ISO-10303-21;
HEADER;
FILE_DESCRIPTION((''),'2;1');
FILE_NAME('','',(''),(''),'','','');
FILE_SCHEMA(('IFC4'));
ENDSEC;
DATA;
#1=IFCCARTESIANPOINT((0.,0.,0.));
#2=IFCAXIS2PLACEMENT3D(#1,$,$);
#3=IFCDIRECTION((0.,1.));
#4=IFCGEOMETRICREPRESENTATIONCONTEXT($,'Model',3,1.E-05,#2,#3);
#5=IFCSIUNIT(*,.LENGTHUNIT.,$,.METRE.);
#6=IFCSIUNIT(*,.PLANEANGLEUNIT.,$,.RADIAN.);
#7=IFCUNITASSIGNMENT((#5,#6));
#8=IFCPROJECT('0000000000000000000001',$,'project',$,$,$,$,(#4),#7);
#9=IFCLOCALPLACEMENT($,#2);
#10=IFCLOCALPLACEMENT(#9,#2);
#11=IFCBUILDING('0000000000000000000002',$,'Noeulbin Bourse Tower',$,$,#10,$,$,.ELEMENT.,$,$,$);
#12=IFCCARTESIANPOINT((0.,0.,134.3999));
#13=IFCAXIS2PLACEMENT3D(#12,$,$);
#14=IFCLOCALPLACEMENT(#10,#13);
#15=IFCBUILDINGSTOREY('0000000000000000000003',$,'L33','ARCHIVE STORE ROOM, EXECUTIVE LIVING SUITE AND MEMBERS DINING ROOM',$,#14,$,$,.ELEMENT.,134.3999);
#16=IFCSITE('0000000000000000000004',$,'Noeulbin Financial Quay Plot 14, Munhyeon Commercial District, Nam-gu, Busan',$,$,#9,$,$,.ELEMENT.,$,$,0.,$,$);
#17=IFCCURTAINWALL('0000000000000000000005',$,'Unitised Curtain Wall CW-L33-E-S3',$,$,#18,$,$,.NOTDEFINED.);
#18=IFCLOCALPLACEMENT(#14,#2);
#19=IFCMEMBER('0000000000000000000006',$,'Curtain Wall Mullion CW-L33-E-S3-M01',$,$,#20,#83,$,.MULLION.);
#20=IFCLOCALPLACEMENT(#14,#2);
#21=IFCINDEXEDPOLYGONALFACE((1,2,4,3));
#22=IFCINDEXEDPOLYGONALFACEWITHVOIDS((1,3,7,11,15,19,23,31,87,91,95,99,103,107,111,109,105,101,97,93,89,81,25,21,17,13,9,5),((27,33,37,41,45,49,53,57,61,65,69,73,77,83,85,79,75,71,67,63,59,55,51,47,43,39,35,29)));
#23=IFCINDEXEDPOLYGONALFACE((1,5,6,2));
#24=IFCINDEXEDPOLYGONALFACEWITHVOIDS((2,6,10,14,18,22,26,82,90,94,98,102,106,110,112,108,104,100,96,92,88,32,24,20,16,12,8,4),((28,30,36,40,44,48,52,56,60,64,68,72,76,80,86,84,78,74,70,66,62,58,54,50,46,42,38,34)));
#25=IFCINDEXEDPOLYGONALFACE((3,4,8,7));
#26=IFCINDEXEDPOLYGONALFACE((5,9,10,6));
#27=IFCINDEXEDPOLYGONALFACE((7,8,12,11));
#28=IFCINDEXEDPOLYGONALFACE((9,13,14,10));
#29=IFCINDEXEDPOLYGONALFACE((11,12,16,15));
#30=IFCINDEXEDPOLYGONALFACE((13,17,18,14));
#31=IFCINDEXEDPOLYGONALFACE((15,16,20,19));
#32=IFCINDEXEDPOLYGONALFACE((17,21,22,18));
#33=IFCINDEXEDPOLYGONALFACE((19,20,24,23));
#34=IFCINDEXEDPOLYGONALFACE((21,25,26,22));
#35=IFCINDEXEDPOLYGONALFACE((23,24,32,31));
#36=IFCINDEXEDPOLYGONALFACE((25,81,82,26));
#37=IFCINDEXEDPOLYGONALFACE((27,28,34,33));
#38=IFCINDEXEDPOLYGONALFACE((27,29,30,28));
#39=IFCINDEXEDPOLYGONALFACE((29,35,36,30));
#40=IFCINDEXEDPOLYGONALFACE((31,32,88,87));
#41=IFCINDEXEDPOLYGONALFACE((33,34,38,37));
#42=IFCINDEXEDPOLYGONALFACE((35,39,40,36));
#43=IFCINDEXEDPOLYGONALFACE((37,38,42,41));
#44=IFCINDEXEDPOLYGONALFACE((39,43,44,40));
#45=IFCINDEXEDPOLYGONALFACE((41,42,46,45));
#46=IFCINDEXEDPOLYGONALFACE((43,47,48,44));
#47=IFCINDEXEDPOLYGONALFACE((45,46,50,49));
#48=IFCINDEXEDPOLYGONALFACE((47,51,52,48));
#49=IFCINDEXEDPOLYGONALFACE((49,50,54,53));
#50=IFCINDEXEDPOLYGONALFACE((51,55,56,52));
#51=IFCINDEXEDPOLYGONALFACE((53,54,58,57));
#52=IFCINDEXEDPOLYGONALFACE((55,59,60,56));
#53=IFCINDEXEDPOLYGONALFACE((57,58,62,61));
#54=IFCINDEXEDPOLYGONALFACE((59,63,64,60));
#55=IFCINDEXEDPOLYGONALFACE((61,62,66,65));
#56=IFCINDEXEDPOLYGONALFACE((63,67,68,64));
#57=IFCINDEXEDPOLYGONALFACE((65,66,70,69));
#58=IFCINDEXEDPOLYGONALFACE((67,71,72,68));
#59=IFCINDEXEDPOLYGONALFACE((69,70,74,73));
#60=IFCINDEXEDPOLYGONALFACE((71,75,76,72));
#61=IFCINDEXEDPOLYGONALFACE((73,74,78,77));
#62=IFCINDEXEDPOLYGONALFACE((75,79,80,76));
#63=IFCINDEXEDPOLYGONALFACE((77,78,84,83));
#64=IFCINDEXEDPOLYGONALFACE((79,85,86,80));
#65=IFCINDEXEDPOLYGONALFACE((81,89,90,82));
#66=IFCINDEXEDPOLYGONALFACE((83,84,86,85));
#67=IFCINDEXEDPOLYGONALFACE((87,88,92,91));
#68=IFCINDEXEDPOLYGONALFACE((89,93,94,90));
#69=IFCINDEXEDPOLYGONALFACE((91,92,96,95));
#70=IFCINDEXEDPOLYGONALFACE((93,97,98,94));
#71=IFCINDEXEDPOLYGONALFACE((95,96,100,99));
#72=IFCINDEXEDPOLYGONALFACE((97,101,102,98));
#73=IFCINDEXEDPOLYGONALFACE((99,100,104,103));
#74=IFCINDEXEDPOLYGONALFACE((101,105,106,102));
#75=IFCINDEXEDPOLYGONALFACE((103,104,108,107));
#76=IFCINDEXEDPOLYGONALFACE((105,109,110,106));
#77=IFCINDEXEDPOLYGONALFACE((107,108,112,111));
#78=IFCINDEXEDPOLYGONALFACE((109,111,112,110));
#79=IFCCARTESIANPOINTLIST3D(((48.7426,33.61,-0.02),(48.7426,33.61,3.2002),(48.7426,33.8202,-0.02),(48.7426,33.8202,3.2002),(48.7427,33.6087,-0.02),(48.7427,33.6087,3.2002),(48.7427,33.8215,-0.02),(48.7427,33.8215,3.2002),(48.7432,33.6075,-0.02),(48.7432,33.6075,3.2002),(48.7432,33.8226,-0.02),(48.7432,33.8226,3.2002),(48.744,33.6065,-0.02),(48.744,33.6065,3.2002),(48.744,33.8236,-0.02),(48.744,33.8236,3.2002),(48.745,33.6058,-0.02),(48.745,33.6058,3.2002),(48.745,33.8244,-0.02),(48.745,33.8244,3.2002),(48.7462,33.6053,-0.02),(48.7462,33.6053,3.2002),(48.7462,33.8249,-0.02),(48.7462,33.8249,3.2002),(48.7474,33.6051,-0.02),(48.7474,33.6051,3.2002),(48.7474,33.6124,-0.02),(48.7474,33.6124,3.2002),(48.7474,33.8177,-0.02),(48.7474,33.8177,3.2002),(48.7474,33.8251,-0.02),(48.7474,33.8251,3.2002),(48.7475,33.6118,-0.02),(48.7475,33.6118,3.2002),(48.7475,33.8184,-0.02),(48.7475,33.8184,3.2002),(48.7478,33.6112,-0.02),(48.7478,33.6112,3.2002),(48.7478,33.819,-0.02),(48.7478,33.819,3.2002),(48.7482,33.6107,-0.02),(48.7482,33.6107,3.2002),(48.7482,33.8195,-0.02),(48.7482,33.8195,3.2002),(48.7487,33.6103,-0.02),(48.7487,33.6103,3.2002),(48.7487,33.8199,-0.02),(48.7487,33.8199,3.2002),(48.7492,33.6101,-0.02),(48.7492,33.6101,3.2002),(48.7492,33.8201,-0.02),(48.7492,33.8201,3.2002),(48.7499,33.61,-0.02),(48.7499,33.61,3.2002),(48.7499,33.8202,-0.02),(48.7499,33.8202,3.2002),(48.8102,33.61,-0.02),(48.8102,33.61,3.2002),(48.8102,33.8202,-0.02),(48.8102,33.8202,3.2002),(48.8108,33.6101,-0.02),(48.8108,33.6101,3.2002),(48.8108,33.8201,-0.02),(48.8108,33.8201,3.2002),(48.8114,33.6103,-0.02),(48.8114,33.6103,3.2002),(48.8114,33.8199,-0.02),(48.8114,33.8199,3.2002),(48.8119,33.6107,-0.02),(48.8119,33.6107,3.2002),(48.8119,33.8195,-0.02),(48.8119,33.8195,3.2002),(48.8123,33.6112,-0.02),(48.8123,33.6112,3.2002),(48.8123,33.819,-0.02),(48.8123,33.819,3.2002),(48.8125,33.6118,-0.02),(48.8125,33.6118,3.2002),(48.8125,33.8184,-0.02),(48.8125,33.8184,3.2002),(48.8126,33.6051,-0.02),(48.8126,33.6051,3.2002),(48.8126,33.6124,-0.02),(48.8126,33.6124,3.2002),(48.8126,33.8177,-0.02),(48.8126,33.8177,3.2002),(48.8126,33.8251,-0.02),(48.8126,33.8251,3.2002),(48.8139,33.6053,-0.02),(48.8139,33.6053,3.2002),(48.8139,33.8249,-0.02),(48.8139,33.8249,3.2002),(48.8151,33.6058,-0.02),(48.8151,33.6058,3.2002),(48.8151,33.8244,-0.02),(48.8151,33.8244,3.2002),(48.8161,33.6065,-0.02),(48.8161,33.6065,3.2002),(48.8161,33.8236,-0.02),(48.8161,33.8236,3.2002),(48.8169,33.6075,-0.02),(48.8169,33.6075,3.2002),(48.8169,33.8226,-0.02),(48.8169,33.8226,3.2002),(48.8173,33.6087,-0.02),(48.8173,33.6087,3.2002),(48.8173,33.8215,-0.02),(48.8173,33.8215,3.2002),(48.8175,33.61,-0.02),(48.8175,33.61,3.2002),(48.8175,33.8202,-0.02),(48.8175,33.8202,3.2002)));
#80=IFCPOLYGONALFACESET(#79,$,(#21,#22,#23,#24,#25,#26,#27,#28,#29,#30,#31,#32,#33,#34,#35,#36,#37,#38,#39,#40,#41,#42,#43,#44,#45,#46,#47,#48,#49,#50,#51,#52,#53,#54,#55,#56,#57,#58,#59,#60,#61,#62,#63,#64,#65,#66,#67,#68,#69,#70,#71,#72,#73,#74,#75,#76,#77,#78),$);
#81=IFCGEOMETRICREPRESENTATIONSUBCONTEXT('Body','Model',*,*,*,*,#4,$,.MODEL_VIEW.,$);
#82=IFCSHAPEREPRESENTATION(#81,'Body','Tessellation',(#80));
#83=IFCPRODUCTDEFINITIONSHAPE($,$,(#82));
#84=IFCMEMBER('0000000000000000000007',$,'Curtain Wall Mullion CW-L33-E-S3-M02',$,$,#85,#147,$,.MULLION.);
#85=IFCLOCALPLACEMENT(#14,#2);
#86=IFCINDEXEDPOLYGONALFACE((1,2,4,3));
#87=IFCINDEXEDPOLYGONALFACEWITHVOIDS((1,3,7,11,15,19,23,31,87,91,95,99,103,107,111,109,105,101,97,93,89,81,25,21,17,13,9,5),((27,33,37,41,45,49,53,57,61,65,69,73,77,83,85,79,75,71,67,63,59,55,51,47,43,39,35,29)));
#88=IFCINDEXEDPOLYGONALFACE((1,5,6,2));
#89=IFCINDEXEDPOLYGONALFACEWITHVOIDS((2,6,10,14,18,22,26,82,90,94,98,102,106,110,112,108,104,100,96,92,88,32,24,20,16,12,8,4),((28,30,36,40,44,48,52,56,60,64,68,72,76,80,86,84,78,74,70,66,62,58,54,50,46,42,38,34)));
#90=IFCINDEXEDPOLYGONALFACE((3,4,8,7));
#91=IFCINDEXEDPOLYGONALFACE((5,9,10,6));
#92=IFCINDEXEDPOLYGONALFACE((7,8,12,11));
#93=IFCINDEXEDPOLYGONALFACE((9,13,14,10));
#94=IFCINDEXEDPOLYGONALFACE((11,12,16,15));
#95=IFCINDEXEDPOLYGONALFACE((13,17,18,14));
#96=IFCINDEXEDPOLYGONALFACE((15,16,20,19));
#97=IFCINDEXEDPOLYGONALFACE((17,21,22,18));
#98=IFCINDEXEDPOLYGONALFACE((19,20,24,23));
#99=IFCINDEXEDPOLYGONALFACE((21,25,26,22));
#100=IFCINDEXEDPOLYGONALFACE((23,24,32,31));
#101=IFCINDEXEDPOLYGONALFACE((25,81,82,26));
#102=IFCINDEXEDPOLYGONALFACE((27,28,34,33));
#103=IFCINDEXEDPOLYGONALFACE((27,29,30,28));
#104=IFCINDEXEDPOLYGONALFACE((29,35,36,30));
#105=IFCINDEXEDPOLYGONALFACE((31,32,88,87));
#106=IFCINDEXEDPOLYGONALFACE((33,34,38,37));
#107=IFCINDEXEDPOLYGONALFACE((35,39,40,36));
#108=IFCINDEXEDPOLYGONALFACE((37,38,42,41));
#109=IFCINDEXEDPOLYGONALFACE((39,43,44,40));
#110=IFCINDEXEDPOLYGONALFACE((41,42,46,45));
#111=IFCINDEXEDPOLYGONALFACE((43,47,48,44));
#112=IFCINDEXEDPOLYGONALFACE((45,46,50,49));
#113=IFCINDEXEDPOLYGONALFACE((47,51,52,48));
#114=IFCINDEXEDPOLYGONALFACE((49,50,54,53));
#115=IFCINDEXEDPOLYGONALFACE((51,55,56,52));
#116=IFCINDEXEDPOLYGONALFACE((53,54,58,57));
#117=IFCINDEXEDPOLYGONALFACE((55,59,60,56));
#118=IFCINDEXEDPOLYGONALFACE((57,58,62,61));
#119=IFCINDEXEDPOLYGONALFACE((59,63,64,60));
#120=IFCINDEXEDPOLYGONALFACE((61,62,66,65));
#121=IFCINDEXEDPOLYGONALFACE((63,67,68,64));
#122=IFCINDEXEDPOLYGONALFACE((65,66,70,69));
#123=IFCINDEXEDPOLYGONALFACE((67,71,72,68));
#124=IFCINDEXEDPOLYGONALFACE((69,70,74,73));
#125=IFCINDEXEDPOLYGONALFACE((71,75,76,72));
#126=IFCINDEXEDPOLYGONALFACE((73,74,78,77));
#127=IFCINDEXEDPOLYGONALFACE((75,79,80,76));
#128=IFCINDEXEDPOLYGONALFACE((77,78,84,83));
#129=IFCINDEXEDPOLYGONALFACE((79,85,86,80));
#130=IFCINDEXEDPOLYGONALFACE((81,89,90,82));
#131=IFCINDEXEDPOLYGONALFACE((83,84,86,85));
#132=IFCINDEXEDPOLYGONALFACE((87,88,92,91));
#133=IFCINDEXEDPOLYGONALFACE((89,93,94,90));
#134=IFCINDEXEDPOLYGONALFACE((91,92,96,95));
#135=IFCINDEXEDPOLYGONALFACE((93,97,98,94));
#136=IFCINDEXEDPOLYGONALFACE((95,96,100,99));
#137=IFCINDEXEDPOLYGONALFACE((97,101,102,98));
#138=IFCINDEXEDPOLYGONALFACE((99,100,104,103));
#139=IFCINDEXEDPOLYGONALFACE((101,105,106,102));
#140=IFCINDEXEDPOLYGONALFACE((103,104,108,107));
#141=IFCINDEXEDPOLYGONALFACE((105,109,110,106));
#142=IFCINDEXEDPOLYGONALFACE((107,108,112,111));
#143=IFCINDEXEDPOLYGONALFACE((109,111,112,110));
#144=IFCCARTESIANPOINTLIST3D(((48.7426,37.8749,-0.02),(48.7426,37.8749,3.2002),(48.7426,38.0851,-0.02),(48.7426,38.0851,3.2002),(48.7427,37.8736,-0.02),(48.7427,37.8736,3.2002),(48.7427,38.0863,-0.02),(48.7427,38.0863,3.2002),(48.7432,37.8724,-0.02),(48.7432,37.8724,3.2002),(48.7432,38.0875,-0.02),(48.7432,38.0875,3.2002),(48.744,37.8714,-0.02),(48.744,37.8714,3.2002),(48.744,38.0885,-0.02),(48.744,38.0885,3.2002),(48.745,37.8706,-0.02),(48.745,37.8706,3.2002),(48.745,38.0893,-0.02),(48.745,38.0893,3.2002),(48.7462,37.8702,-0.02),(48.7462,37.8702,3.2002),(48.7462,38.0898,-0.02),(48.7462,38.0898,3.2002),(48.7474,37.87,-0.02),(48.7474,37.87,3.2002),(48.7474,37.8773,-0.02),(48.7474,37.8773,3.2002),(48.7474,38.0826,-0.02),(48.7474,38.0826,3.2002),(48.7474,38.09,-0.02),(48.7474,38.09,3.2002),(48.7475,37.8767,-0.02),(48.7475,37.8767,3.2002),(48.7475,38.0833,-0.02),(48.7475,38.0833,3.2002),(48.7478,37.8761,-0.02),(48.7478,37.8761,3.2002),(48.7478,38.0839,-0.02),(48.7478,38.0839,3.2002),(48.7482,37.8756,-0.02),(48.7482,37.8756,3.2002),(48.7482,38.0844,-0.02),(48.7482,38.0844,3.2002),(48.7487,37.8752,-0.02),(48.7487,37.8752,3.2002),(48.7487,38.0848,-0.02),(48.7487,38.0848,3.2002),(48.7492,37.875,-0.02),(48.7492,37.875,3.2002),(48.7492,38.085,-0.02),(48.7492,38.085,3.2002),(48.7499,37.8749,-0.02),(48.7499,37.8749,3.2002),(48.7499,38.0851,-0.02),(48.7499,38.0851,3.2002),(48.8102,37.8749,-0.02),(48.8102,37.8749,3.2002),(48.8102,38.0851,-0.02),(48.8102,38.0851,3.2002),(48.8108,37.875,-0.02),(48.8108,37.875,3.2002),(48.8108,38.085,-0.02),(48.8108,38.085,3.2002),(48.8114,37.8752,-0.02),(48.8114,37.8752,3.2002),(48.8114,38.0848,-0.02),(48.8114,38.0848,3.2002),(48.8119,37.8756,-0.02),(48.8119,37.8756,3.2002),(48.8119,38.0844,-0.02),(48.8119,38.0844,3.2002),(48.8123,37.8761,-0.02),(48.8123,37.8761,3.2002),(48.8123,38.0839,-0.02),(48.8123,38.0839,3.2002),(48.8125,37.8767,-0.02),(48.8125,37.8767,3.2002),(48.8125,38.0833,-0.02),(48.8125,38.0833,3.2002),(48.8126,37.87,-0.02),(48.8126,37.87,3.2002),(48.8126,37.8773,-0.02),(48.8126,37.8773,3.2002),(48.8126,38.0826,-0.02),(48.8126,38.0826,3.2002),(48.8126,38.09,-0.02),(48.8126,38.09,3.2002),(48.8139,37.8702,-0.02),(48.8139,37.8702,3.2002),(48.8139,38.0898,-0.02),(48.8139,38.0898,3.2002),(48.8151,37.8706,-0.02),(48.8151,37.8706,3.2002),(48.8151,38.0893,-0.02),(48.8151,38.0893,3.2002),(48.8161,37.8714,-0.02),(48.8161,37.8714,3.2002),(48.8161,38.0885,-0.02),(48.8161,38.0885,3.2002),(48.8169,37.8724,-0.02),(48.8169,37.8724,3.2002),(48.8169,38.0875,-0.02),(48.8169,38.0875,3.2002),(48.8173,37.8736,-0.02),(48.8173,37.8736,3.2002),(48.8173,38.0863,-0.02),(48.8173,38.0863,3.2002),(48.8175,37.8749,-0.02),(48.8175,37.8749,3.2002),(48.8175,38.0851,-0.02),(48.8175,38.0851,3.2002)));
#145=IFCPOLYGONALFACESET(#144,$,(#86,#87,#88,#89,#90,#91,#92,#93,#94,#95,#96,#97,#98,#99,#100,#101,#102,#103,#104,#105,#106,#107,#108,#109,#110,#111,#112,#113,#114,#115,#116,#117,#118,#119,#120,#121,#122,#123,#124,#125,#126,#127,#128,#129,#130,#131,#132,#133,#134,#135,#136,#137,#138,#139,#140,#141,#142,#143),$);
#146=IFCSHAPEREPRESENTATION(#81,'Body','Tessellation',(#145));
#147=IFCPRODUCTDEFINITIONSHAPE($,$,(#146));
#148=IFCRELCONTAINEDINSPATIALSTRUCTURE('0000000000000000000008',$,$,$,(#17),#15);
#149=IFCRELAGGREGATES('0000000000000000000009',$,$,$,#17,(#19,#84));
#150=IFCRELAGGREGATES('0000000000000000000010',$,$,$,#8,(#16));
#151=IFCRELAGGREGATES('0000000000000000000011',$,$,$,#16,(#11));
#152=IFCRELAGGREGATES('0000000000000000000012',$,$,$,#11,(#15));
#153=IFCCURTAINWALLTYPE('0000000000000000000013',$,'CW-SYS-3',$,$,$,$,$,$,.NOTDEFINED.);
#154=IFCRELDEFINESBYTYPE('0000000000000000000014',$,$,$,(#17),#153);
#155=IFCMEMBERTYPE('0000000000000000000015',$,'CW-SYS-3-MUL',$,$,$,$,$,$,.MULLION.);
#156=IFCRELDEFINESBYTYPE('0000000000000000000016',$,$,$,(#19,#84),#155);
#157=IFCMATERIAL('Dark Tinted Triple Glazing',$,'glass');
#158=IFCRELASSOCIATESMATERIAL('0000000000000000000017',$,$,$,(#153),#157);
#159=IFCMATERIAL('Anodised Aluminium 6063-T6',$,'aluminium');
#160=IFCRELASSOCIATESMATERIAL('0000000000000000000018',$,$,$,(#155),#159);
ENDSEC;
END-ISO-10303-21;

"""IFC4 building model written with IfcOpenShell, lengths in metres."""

from ifc_helpers import new_model, si_unit, direction, frame, origin, origin_2d, place, context, subcontext, project, spatial, hollow_rectangle, extrude, material, material_profile, profile_set, type_object, element, aggregate, save


model = new_model("IFC4")

# Units and contexts
model_context = context("Model", 3, precision=1e-05, world=origin(), true_north=direction((0.0, 1.0)))
body_context = subcontext(model_context, "Body", "Model", "MODEL_VIEW")
ifc_project = project(units=[si_unit("LENGTHUNIT", "METRE"), si_unit("PLANEANGLEUNIT", "RADIAN")], contexts=[model_context])

# Site, building, storey
site_placement = place(None, origin())
site = spatial("IfcSite", under=ifc_project, at=site_placement, Name="Noeulbin Financial Quay Plot 14, Munhyeon Commercial District, Nam-gu, Busan", CompositionType="ELEMENT", RefElevation=0.0)
building_placement = place(site_placement, origin())
building = spatial("IfcBuilding", under=site, at=building_placement, Name="Noeulbin Bourse Tower", CompositionType="ELEMENT")
storey_placement = place(building_placement, frame((0.0, 0.0, 134.3999)))
storey = spatial("IfcBuildingStorey", under=building, at=storey_placement, Name="L33", Description="ARCHIVE STORE ROOM, EXECUTIVE LIVING SUITE AND MEMBERS DINING ROOM", CompositionType="ELEMENT", Elevation=134.3999)

# Curtain wall, members
ifc_material_1 = material(Name="Dark Tinted Triple Glazing", Category="glass")
curtain_wall_type = type_object("IfcCurtainWallType", Name="CW-SYS-3", PredefinedType="NOTDEFINED", material=ifc_material_1)
ifc_material_2 = material(Name="Anodised Aluminium 6063-T6", Category="aluminium")
ifc_material_profile_1 = material_profile(ifc_material_2, hollow_rectangle(XDim=0.075, YDim=0.22, WallThickness=0.0049, InnerFilletRadius=0.0024, OuterFilletRadius=0.0049, at=origin_2d()), Name="ALU-MULL-75x220x5", Category="LoadBearing")
ifc_profile_set_1 = profile_set([ifc_material_profile_1], Name="Anodised Aluminium 6063-T6")
member_type_1 = type_object("IfcMemberType", Name="CW-SYS-3-MUL", PredefinedType="MULLION", material=ifc_profile_set_1)
curtain_wall_1_placement = place(storey_placement, origin())
curtain_wall_1 = element("IfcCurtainWall", 1, at=curtain_wall_1_placement, inside=storey, type_object=curtain_wall_type, Name="Unitised Curtain Wall CW-L33-E-S3", PredefinedType="NOTDEFINED")
member_1_placement = place(storey_placement, frame((48.78, 33.7151, -0.02), z_axis=(0.0, 0.0, 1.0), x_axis=(1.0, 0.0, 0.0)))
member_1 = element("IfcMember", 2, at=member_1_placement, type_object=member_type_1, Name="Curtain Wall Mullion CW-L33-E-S3-M01", PredefinedType="MULLION", context=body_context, shape_type="SweptSolid", body=[
    extrude(hollow_rectangle(XDim=0.075, YDim=0.22, WallThickness=0.0049, InnerFilletRadius=0.0024, OuterFilletRadius=0.0049, at=origin_2d()), origin(), (0.0, 0.0, 1.0), 3.2202),
])
member_2_placement = place(storey_placement, frame((48.78, 37.98, -0.02), z_axis=(0.0, 0.0, 1.0), x_axis=(1.0, 0.0, 0.0)))
member_2 = element("IfcMember", 3, at=member_2_placement, type_object=member_type_1, Name="Curtain Wall Mullion CW-L33-E-S3-M02", PredefinedType="MULLION", context=body_context, shape_type="SweptSolid", body=[
    extrude(hollow_rectangle(XDim=0.075, YDim=0.22, WallThickness=0.0049, InnerFilletRadius=0.0024, OuterFilletRadius=0.0049, at=origin_2d()), origin(), (0.0, 0.0, 1.0), 3.2202),
])

aggregate(curtain_wall_1, [member_1, member_2])

save(model, "model.ifc")
